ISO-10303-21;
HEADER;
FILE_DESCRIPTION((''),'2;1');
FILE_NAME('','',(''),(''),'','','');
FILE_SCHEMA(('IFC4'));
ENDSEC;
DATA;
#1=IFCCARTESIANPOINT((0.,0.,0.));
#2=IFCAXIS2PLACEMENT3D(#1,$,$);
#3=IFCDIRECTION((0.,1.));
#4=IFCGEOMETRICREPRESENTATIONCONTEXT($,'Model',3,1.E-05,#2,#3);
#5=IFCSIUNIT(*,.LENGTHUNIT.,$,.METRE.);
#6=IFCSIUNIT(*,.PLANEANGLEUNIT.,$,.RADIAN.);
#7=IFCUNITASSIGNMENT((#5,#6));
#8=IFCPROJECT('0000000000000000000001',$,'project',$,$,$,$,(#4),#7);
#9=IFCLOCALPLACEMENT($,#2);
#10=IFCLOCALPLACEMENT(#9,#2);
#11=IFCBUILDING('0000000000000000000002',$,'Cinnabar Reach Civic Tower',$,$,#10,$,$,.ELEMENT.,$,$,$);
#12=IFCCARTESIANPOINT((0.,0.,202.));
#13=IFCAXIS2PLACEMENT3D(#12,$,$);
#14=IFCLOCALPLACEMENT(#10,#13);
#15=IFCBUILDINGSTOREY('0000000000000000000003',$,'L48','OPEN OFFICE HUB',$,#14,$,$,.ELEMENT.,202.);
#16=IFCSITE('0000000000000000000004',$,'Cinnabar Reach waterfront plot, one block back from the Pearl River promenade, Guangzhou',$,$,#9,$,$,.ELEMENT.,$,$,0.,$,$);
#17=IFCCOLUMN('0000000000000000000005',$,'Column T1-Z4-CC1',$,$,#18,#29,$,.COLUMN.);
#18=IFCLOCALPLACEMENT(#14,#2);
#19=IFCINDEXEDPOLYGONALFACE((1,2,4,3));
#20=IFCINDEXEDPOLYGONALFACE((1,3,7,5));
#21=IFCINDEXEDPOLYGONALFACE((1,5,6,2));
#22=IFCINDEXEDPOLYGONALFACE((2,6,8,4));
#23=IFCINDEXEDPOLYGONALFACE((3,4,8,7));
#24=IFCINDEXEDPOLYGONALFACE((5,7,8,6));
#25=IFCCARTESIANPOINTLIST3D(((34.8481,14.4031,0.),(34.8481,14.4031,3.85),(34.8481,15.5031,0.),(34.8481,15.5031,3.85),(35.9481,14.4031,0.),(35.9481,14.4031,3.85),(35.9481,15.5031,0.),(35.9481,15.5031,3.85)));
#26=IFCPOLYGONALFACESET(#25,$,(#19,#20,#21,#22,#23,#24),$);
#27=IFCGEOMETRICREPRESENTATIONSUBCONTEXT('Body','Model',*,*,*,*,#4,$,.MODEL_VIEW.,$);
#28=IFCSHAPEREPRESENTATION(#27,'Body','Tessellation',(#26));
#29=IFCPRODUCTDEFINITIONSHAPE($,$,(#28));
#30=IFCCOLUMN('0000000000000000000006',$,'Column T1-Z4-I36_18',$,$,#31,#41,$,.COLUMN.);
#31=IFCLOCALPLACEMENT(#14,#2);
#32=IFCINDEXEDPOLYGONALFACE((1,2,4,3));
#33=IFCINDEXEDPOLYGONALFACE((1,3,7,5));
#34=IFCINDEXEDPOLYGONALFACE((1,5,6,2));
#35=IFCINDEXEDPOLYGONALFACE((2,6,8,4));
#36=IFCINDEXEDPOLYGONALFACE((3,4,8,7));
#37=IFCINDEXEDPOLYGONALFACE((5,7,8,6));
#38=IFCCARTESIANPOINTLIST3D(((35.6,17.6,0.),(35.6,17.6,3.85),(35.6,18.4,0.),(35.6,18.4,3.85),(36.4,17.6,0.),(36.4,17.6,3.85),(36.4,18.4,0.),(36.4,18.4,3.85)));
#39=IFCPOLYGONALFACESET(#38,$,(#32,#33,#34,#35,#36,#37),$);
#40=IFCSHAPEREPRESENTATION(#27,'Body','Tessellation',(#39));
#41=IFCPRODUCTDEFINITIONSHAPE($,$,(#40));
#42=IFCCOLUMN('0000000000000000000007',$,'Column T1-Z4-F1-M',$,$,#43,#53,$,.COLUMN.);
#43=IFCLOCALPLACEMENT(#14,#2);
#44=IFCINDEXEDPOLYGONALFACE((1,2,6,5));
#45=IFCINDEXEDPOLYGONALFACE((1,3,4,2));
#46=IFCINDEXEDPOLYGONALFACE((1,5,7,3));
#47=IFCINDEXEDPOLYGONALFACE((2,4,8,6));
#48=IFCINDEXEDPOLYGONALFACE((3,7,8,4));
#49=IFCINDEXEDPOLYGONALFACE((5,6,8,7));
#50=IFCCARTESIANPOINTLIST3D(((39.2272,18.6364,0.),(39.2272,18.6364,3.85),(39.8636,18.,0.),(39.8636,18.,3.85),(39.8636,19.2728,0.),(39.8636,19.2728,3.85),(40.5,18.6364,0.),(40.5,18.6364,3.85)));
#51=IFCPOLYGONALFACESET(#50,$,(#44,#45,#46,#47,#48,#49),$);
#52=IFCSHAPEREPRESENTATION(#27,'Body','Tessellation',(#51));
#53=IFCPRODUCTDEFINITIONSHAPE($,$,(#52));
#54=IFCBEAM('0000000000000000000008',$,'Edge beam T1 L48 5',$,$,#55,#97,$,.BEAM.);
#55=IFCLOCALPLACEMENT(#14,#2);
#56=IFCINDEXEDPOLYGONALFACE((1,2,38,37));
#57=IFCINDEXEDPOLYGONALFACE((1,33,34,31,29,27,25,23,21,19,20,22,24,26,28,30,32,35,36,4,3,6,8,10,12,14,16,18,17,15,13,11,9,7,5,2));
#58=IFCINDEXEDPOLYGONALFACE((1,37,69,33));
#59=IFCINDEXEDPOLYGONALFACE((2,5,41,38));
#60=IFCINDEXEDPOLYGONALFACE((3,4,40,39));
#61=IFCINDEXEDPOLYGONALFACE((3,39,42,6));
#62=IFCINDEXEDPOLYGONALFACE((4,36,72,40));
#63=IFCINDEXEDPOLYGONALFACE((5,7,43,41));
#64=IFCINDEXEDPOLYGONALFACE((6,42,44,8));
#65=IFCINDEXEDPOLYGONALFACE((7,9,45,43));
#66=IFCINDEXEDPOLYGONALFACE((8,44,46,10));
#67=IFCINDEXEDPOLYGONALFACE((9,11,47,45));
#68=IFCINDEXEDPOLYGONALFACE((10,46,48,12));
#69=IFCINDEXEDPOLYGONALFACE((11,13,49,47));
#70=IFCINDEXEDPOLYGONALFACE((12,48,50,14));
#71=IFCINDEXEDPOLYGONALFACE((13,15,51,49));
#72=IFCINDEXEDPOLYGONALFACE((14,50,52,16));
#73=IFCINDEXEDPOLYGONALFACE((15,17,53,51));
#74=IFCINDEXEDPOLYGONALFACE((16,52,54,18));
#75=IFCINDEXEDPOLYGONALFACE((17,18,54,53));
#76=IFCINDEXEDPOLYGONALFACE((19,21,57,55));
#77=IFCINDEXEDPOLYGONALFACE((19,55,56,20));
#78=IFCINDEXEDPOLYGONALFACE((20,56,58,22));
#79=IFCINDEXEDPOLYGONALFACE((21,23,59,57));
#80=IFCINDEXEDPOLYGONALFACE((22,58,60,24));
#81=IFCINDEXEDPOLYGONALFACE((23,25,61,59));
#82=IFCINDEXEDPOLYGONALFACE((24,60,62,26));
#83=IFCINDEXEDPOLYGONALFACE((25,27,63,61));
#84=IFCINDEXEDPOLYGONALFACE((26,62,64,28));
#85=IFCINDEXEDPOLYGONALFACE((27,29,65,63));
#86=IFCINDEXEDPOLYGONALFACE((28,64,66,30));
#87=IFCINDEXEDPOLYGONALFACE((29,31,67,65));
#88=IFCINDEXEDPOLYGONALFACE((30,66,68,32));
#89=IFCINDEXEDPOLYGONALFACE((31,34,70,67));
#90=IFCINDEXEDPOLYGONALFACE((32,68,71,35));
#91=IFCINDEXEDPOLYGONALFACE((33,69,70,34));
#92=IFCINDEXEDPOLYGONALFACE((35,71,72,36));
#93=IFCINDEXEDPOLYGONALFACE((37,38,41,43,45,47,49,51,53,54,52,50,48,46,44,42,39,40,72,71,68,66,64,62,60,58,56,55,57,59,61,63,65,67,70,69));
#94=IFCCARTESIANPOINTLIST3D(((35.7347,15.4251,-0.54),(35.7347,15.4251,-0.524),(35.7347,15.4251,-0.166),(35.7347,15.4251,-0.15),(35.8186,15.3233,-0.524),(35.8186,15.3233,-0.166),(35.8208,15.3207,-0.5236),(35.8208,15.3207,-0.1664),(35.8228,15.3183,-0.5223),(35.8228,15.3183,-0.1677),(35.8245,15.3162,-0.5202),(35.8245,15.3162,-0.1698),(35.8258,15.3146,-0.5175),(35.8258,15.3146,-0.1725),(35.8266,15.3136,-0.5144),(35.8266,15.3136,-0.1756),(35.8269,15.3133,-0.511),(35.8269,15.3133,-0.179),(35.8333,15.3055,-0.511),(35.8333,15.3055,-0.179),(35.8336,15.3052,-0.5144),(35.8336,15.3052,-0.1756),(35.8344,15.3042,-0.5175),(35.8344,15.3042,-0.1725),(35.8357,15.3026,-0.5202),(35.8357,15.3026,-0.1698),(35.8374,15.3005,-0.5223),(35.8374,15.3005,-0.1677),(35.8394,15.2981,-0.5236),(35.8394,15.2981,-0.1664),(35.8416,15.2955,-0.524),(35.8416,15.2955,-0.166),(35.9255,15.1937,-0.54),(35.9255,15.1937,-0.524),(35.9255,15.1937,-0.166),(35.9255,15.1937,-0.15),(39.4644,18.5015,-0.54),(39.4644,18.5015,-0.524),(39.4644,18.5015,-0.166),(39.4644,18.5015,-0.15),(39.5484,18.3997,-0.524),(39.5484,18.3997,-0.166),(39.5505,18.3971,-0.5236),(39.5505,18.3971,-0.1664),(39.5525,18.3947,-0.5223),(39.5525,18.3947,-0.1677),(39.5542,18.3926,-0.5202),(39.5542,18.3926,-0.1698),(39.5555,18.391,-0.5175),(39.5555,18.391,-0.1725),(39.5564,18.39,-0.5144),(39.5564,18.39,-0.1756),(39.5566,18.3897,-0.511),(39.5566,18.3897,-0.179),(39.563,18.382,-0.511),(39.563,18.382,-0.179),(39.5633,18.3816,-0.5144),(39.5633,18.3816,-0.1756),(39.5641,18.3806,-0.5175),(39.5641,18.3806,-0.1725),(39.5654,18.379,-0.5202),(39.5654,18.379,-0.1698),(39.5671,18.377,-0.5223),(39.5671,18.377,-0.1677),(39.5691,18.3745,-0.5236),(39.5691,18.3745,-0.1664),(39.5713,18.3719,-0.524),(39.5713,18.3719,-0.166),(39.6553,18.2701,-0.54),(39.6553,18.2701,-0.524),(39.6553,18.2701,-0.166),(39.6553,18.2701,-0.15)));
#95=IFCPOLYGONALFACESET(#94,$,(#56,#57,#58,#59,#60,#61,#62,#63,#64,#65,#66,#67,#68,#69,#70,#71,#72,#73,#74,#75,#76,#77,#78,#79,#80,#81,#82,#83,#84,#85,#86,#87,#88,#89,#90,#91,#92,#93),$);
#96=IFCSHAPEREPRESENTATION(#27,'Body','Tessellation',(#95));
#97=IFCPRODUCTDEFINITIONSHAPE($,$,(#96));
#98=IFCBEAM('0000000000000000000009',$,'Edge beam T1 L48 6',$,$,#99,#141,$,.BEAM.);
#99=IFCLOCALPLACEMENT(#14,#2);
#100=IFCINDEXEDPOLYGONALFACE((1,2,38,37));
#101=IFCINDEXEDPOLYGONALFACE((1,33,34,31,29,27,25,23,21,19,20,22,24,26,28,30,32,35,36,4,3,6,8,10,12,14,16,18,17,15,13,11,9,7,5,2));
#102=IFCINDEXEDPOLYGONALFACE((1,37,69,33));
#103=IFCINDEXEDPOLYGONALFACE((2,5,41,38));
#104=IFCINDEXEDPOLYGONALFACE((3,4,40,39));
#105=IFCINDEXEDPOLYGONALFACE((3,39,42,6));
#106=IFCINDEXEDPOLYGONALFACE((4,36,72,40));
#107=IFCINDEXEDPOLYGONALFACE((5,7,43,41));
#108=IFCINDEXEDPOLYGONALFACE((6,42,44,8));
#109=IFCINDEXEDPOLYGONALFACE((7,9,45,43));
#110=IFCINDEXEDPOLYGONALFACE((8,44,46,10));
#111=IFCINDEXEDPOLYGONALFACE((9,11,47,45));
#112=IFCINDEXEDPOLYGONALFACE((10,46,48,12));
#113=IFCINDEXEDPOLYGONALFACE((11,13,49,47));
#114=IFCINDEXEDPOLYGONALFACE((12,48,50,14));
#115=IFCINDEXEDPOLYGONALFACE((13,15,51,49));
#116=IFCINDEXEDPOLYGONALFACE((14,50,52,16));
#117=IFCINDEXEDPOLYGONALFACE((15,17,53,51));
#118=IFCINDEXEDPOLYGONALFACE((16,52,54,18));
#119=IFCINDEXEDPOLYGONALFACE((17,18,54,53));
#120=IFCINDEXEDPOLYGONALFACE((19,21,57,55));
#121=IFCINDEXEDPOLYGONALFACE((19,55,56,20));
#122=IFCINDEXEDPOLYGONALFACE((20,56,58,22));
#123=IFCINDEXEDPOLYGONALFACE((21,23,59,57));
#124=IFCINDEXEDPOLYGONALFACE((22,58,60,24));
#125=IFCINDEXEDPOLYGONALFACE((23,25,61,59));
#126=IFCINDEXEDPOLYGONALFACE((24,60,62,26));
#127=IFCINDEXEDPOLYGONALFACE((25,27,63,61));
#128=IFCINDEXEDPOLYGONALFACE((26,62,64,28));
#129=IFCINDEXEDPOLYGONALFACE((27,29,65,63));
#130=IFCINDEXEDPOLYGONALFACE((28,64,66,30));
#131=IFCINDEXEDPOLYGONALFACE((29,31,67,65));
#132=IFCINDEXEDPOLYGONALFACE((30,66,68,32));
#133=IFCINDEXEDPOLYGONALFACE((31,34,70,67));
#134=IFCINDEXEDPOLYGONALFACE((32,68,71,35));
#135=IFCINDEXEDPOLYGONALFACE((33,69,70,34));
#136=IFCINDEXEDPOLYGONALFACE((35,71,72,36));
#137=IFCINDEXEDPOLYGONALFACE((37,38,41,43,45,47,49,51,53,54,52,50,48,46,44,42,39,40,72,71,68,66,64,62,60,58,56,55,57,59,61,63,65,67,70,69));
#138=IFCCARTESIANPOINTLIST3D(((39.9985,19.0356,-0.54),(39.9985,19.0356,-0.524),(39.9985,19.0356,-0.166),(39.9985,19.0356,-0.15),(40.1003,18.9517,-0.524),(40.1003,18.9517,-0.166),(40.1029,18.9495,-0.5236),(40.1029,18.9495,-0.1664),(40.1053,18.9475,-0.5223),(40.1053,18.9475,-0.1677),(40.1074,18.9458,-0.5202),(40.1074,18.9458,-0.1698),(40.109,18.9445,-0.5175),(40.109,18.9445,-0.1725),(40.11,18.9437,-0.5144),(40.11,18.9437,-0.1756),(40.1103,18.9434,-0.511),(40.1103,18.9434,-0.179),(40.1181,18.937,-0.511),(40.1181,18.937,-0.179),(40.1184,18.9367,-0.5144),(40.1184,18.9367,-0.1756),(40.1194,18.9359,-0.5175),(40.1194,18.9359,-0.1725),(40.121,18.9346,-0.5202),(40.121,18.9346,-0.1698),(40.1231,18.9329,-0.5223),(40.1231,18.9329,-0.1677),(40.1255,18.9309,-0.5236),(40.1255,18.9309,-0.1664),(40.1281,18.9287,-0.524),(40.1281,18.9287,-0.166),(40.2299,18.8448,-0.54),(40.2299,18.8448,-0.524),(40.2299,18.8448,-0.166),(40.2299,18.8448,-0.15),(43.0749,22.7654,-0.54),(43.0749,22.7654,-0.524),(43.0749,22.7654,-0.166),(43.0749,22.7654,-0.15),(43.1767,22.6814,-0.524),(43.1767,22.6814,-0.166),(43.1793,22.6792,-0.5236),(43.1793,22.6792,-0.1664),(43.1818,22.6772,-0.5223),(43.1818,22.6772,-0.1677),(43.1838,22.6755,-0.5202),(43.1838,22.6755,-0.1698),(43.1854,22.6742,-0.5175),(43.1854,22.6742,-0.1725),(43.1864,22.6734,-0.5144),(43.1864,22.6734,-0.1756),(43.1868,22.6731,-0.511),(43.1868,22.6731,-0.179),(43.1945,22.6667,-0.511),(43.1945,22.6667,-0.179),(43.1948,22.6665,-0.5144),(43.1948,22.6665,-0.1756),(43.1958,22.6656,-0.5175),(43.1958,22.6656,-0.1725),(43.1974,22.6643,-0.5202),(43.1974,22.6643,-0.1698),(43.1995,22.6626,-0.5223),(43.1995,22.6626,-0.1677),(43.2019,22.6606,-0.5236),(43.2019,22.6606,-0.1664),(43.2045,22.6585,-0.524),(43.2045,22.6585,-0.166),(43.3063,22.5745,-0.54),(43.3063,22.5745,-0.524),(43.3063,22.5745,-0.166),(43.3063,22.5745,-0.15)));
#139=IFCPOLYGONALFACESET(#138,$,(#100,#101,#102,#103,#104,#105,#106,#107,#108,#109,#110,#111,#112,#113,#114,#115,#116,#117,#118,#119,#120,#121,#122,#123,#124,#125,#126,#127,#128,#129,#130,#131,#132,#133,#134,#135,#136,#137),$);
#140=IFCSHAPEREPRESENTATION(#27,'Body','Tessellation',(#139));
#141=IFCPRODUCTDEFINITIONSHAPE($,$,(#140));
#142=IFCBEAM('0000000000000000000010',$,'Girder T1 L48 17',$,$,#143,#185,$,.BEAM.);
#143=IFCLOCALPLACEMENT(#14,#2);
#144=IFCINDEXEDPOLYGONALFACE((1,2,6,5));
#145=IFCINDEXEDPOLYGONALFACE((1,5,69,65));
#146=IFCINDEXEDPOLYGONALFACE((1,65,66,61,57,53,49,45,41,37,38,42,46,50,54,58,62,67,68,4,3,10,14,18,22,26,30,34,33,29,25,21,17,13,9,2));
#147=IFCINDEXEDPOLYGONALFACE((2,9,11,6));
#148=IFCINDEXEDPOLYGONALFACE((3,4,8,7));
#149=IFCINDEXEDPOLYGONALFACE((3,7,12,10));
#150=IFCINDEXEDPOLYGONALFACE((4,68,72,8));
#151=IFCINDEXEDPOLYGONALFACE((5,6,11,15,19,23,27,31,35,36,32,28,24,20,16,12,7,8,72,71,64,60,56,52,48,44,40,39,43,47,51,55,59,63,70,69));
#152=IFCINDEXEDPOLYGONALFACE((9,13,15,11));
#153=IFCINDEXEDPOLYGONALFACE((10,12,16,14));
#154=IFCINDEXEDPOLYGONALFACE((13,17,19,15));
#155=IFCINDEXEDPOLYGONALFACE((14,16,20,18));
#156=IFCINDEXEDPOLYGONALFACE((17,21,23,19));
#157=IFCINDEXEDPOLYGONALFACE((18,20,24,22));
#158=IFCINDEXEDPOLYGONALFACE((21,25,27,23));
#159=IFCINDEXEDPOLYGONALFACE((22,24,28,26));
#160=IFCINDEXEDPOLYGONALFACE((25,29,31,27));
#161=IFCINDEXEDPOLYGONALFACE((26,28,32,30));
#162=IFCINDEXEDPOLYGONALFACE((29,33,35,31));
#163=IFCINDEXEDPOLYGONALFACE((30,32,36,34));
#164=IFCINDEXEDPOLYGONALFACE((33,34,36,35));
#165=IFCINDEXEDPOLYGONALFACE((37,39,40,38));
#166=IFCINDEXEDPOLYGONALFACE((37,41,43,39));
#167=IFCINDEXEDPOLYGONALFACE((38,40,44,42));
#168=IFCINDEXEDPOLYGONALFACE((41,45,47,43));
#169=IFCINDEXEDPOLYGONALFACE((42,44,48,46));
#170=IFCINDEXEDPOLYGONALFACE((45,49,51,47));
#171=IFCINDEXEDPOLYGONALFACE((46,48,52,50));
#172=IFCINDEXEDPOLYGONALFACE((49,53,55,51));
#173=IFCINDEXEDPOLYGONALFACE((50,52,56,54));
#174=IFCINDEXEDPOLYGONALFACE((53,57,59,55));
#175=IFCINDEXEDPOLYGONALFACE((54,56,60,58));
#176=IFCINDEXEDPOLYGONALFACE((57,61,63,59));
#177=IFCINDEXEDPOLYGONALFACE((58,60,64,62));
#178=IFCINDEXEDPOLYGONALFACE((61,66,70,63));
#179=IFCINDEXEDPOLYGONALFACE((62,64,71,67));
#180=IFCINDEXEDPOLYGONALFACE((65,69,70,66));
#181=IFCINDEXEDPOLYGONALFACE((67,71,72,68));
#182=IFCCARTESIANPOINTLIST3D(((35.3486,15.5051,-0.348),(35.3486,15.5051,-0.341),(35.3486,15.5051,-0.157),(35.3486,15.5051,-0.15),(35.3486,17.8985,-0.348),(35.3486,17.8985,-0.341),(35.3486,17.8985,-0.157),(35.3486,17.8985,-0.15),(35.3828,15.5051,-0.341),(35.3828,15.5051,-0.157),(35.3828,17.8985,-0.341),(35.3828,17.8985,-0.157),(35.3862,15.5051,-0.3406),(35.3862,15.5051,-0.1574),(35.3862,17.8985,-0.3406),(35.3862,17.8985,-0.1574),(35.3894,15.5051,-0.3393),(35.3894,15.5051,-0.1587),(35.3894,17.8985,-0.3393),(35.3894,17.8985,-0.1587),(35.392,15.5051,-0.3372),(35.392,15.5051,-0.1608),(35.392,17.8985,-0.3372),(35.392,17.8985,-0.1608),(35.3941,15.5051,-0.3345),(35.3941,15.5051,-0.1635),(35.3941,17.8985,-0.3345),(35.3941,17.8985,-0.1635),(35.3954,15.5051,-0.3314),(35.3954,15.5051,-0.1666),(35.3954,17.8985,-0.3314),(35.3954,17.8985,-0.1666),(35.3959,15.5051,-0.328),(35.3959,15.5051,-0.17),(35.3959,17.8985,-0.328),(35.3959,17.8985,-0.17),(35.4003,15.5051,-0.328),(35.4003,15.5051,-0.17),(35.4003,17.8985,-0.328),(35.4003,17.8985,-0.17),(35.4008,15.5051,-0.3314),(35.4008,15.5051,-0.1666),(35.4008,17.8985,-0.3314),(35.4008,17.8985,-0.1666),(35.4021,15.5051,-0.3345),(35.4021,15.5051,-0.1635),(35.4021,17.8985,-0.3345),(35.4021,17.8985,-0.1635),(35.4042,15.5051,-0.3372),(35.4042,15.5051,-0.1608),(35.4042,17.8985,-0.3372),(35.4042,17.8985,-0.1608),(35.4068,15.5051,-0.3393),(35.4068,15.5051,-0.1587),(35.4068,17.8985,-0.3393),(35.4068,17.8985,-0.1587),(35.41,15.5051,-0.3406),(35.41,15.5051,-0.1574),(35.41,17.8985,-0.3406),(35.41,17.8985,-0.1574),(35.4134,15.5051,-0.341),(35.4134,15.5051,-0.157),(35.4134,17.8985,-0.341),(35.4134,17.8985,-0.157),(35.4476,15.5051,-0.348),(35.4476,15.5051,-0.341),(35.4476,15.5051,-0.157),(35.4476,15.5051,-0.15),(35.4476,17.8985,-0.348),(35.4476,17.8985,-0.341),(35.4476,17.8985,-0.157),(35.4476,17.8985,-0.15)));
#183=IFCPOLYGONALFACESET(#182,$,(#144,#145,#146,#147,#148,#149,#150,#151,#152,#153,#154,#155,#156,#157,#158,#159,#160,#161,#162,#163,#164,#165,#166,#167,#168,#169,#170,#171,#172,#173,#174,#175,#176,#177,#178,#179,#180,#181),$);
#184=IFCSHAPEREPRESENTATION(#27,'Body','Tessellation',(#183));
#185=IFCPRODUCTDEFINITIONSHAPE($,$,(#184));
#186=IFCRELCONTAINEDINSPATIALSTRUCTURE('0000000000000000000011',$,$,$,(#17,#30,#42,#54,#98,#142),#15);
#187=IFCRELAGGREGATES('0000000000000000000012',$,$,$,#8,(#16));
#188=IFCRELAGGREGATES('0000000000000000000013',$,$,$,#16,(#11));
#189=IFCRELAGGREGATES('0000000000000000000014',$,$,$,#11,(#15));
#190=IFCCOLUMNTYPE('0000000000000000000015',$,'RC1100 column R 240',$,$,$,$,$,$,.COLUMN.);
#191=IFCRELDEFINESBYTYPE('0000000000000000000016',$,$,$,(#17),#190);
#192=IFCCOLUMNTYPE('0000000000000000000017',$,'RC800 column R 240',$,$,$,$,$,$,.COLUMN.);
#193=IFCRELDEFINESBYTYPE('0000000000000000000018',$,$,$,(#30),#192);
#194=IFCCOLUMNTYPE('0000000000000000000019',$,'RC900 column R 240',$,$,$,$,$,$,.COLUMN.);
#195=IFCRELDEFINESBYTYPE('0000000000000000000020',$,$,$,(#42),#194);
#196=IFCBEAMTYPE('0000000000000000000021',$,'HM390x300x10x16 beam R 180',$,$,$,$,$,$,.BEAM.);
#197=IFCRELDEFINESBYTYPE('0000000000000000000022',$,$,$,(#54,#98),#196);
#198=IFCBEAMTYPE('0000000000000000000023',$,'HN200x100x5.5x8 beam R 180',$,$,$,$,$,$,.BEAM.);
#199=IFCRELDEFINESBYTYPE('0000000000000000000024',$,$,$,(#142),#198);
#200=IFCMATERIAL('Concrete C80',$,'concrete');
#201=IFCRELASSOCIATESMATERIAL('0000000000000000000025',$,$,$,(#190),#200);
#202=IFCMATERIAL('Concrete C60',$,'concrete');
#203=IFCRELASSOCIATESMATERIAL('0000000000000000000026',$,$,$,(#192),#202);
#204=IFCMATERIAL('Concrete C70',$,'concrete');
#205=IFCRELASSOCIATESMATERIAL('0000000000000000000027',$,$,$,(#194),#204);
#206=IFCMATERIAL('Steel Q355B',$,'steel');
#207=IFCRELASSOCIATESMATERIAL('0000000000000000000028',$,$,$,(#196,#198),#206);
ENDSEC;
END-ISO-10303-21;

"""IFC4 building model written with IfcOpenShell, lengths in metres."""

from ifc_helpers import new_model, si_unit, direction, frame, origin, origin_2d, place, context, subcontext, project, spatial, rectangle, i_section, extrude, material, material_profile, profile_set, type_object, element, save


model = new_model("IFC4")

# Units and contexts
model_context = context("Model", 3, precision=1e-05, world=origin(), true_north=direction((0.0, 1.0)))
body_context = subcontext(model_context, "Body", "Model", "MODEL_VIEW")
ifc_project = project(units=[si_unit("LENGTHUNIT", "METRE"), si_unit("PLANEANGLEUNIT", "RADIAN")], contexts=[model_context])

# Site, building, storey
site_placement = place(None, origin())
site = spatial("IfcSite", under=ifc_project, at=site_placement, Name="Cinnabar Reach waterfront plot, one block back from the Pearl River promenade, Guangzhou", CompositionType="ELEMENT", RefElevation=0.0)
building_placement = place(site_placement, origin())
building = spatial("IfcBuilding", under=site, at=building_placement, Name="Cinnabar Reach Civic Tower", CompositionType="ELEMENT")
storey_placement = place(building_placement, frame((0.0, 0.0, 202.0)))
storey = spatial("IfcBuildingStorey", under=building, at=storey_placement, Name="L48", Description="OPEN OFFICE HUB", CompositionType="ELEMENT", Elevation=202.0)

# Columns
ifc_material_1 = material(Name="Concrete C80", Category="concrete")
ifc_material_profile_1 = material_profile(ifc_material_1, rectangle(XDim=1.1, YDim=1.1, at=origin_2d()), Name="RC1100")
ifc_profile_set_1 = profile_set([ifc_material_profile_1], Name="Concrete C80")
column_type_1 = type_object("IfcColumnType", Name="RC1100 column R 240", PredefinedType="COLUMN", material=ifc_profile_set_1)
column_1_placement = place(storey_placement, frame((35.3981, 14.9531, 0.0), z_axis=(0.0, 0.0, 1.0), x_axis=(1.0, 0.0, 0.0)))
element("IfcColumn", 1, at=column_1_placement, inside=storey, type_object=column_type_1, Name="Column T1-Z4-CC1", PredefinedType="COLUMN", context=body_context, shape_type="SweptSolid", body=[
    extrude(rectangle(XDim=1.1, YDim=1.1, at=origin_2d()), origin(), (0.0, 0.0, 1.0), 3.85),
])
ifc_material_2 = material(Name="Concrete C60", Category="concrete")
ifc_material_profile_2 = material_profile(ifc_material_2, rectangle(XDim=0.8, YDim=0.8, at=origin_2d()), Name="RC800")
ifc_profile_set_2 = profile_set([ifc_material_profile_2], Name="Concrete C60")
column_type_2 = type_object("IfcColumnType", Name="RC800 column R 240", PredefinedType="COLUMN", material=ifc_profile_set_2)
column_2_placement = place(storey_placement, frame((36.0, 18.0, 0.0), z_axis=(0.0, 0.0, 1.0), x_axis=(1.0, 0.0, 0.0)))
element("IfcColumn", 2, at=column_2_placement, inside=storey, type_object=column_type_2, Name="Column T1-Z4-I36_18", PredefinedType="COLUMN", context=body_context, shape_type="SweptSolid", body=[
    extrude(rectangle(XDim=0.8, YDim=0.8, at=origin_2d()), origin(), (0.0, 0.0, 1.0), 3.85),
])
ifc_material_3 = material(Name="Concrete C70", Category="concrete")
ifc_material_profile_3 = material_profile(ifc_material_3, rectangle(XDim=0.9, YDim=0.9, at=origin_2d()), Name="RC900")
ifc_profile_set_3 = profile_set([ifc_material_profile_3], Name="Concrete C70")
column_type_3 = type_object("IfcColumnType", Name="RC900 column R 240", PredefinedType="COLUMN", material=ifc_profile_set_3)
column_3_placement = place(storey_placement, frame((39.8636, 18.6364, 0.0), z_axis=(0.0, 0.0, 1.0), x_axis=(0.707107, 0.707107, 0.0)))
element("IfcColumn", 3, at=column_3_placement, inside=storey, type_object=column_type_3, Name="Column T1-Z4-F1-M", PredefinedType="COLUMN", context=body_context, shape_type="SweptSolid", body=[
    extrude(rectangle(XDim=0.9, YDim=0.9, at=origin_2d()), origin(), (0.0, 0.0, 1.0), 3.85),
])

# Beams
ifc_material_4 = material(Name="Steel Q355B", Category="steel")
ifc_material_profile_4 = material_profile(ifc_material_4, i_section(OverallWidth=0.3, OverallDepth=0.39, WebThickness=0.01, FlangeThickness=0.016, FilletRadius=0.013, at=origin_2d()), Name="HM390x300x10x16")
ifc_profile_set_4 = profile_set([ifc_material_profile_4], Name="Steel Q355B")
beam_type_1 = type_object("IfcBeamType", Name="HM390x300x10x16 beam R 180", PredefinedType="BEAM", material=ifc_profile_set_4)
for number, where, z_axis, x_axis, name in (
    (4, (35.8301, 15.3094, -0.345), (0.771434, 0.636309, 0.0), (-0.636309, 0.771434, 0.0), "Edge beam T1 L48 5"),
    (5, (40.1142, 18.9402, -0.345), (0.636309, 0.771434, 0.0), (-0.771434, 0.636309, 0.0), "Edge beam T1 L48 6"),
):
    element("IfcBeam", number, at=place(storey_placement, frame(where, z_axis=z_axis, x_axis=x_axis)), inside=storey, type_object=beam_type_1, Name=name, PredefinedType="BEAM", context=body_context, shape_type="SweptSolid", body=[
        extrude(i_section(OverallWidth=0.3, OverallDepth=0.39, WebThickness=0.01, FlangeThickness=0.016, FilletRadius=0.013, at=origin_2d()), origin(), (0.0, 0.0, 1.0), 4.8348),
    ])
ifc_material_profile_5 = material_profile(ifc_material_4, i_section(OverallWidth=0.099, OverallDepth=0.198, WebThickness=0.0045, FlangeThickness=0.007, FilletRadius=0.013, at=origin_2d()), Name="HN200x100x5.5x8")
ifc_profile_set_5 = profile_set([ifc_material_profile_5], Name="Steel Q355B")
beam_type_2 = type_object("IfcBeamType", Name="HN200x100x5.5x8 beam R 180", PredefinedType="BEAM", material=ifc_profile_set_5)
beam_1_placement = place(storey_placement, frame((35.3981, 15.5051, -0.249), z_axis=(0.0, 1.0, 0.0), x_axis=(-1.0, 0.0, 0.0)))
element("IfcBeam", 6, at=beam_1_placement, inside=storey, type_object=beam_type_2, Name="Girder T1 L48 17", PredefinedType="BEAM", context=body_context, shape_type="SweptSolid", body=[
    extrude(i_section(OverallWidth=0.099, OverallDepth=0.198, WebThickness=0.0045, FlangeThickness=0.007, FilletRadius=0.013, at=origin_2d()), origin(), (0.0, 0.0, 1.0), 2.3934),
])

save(model, "model.ifc")
